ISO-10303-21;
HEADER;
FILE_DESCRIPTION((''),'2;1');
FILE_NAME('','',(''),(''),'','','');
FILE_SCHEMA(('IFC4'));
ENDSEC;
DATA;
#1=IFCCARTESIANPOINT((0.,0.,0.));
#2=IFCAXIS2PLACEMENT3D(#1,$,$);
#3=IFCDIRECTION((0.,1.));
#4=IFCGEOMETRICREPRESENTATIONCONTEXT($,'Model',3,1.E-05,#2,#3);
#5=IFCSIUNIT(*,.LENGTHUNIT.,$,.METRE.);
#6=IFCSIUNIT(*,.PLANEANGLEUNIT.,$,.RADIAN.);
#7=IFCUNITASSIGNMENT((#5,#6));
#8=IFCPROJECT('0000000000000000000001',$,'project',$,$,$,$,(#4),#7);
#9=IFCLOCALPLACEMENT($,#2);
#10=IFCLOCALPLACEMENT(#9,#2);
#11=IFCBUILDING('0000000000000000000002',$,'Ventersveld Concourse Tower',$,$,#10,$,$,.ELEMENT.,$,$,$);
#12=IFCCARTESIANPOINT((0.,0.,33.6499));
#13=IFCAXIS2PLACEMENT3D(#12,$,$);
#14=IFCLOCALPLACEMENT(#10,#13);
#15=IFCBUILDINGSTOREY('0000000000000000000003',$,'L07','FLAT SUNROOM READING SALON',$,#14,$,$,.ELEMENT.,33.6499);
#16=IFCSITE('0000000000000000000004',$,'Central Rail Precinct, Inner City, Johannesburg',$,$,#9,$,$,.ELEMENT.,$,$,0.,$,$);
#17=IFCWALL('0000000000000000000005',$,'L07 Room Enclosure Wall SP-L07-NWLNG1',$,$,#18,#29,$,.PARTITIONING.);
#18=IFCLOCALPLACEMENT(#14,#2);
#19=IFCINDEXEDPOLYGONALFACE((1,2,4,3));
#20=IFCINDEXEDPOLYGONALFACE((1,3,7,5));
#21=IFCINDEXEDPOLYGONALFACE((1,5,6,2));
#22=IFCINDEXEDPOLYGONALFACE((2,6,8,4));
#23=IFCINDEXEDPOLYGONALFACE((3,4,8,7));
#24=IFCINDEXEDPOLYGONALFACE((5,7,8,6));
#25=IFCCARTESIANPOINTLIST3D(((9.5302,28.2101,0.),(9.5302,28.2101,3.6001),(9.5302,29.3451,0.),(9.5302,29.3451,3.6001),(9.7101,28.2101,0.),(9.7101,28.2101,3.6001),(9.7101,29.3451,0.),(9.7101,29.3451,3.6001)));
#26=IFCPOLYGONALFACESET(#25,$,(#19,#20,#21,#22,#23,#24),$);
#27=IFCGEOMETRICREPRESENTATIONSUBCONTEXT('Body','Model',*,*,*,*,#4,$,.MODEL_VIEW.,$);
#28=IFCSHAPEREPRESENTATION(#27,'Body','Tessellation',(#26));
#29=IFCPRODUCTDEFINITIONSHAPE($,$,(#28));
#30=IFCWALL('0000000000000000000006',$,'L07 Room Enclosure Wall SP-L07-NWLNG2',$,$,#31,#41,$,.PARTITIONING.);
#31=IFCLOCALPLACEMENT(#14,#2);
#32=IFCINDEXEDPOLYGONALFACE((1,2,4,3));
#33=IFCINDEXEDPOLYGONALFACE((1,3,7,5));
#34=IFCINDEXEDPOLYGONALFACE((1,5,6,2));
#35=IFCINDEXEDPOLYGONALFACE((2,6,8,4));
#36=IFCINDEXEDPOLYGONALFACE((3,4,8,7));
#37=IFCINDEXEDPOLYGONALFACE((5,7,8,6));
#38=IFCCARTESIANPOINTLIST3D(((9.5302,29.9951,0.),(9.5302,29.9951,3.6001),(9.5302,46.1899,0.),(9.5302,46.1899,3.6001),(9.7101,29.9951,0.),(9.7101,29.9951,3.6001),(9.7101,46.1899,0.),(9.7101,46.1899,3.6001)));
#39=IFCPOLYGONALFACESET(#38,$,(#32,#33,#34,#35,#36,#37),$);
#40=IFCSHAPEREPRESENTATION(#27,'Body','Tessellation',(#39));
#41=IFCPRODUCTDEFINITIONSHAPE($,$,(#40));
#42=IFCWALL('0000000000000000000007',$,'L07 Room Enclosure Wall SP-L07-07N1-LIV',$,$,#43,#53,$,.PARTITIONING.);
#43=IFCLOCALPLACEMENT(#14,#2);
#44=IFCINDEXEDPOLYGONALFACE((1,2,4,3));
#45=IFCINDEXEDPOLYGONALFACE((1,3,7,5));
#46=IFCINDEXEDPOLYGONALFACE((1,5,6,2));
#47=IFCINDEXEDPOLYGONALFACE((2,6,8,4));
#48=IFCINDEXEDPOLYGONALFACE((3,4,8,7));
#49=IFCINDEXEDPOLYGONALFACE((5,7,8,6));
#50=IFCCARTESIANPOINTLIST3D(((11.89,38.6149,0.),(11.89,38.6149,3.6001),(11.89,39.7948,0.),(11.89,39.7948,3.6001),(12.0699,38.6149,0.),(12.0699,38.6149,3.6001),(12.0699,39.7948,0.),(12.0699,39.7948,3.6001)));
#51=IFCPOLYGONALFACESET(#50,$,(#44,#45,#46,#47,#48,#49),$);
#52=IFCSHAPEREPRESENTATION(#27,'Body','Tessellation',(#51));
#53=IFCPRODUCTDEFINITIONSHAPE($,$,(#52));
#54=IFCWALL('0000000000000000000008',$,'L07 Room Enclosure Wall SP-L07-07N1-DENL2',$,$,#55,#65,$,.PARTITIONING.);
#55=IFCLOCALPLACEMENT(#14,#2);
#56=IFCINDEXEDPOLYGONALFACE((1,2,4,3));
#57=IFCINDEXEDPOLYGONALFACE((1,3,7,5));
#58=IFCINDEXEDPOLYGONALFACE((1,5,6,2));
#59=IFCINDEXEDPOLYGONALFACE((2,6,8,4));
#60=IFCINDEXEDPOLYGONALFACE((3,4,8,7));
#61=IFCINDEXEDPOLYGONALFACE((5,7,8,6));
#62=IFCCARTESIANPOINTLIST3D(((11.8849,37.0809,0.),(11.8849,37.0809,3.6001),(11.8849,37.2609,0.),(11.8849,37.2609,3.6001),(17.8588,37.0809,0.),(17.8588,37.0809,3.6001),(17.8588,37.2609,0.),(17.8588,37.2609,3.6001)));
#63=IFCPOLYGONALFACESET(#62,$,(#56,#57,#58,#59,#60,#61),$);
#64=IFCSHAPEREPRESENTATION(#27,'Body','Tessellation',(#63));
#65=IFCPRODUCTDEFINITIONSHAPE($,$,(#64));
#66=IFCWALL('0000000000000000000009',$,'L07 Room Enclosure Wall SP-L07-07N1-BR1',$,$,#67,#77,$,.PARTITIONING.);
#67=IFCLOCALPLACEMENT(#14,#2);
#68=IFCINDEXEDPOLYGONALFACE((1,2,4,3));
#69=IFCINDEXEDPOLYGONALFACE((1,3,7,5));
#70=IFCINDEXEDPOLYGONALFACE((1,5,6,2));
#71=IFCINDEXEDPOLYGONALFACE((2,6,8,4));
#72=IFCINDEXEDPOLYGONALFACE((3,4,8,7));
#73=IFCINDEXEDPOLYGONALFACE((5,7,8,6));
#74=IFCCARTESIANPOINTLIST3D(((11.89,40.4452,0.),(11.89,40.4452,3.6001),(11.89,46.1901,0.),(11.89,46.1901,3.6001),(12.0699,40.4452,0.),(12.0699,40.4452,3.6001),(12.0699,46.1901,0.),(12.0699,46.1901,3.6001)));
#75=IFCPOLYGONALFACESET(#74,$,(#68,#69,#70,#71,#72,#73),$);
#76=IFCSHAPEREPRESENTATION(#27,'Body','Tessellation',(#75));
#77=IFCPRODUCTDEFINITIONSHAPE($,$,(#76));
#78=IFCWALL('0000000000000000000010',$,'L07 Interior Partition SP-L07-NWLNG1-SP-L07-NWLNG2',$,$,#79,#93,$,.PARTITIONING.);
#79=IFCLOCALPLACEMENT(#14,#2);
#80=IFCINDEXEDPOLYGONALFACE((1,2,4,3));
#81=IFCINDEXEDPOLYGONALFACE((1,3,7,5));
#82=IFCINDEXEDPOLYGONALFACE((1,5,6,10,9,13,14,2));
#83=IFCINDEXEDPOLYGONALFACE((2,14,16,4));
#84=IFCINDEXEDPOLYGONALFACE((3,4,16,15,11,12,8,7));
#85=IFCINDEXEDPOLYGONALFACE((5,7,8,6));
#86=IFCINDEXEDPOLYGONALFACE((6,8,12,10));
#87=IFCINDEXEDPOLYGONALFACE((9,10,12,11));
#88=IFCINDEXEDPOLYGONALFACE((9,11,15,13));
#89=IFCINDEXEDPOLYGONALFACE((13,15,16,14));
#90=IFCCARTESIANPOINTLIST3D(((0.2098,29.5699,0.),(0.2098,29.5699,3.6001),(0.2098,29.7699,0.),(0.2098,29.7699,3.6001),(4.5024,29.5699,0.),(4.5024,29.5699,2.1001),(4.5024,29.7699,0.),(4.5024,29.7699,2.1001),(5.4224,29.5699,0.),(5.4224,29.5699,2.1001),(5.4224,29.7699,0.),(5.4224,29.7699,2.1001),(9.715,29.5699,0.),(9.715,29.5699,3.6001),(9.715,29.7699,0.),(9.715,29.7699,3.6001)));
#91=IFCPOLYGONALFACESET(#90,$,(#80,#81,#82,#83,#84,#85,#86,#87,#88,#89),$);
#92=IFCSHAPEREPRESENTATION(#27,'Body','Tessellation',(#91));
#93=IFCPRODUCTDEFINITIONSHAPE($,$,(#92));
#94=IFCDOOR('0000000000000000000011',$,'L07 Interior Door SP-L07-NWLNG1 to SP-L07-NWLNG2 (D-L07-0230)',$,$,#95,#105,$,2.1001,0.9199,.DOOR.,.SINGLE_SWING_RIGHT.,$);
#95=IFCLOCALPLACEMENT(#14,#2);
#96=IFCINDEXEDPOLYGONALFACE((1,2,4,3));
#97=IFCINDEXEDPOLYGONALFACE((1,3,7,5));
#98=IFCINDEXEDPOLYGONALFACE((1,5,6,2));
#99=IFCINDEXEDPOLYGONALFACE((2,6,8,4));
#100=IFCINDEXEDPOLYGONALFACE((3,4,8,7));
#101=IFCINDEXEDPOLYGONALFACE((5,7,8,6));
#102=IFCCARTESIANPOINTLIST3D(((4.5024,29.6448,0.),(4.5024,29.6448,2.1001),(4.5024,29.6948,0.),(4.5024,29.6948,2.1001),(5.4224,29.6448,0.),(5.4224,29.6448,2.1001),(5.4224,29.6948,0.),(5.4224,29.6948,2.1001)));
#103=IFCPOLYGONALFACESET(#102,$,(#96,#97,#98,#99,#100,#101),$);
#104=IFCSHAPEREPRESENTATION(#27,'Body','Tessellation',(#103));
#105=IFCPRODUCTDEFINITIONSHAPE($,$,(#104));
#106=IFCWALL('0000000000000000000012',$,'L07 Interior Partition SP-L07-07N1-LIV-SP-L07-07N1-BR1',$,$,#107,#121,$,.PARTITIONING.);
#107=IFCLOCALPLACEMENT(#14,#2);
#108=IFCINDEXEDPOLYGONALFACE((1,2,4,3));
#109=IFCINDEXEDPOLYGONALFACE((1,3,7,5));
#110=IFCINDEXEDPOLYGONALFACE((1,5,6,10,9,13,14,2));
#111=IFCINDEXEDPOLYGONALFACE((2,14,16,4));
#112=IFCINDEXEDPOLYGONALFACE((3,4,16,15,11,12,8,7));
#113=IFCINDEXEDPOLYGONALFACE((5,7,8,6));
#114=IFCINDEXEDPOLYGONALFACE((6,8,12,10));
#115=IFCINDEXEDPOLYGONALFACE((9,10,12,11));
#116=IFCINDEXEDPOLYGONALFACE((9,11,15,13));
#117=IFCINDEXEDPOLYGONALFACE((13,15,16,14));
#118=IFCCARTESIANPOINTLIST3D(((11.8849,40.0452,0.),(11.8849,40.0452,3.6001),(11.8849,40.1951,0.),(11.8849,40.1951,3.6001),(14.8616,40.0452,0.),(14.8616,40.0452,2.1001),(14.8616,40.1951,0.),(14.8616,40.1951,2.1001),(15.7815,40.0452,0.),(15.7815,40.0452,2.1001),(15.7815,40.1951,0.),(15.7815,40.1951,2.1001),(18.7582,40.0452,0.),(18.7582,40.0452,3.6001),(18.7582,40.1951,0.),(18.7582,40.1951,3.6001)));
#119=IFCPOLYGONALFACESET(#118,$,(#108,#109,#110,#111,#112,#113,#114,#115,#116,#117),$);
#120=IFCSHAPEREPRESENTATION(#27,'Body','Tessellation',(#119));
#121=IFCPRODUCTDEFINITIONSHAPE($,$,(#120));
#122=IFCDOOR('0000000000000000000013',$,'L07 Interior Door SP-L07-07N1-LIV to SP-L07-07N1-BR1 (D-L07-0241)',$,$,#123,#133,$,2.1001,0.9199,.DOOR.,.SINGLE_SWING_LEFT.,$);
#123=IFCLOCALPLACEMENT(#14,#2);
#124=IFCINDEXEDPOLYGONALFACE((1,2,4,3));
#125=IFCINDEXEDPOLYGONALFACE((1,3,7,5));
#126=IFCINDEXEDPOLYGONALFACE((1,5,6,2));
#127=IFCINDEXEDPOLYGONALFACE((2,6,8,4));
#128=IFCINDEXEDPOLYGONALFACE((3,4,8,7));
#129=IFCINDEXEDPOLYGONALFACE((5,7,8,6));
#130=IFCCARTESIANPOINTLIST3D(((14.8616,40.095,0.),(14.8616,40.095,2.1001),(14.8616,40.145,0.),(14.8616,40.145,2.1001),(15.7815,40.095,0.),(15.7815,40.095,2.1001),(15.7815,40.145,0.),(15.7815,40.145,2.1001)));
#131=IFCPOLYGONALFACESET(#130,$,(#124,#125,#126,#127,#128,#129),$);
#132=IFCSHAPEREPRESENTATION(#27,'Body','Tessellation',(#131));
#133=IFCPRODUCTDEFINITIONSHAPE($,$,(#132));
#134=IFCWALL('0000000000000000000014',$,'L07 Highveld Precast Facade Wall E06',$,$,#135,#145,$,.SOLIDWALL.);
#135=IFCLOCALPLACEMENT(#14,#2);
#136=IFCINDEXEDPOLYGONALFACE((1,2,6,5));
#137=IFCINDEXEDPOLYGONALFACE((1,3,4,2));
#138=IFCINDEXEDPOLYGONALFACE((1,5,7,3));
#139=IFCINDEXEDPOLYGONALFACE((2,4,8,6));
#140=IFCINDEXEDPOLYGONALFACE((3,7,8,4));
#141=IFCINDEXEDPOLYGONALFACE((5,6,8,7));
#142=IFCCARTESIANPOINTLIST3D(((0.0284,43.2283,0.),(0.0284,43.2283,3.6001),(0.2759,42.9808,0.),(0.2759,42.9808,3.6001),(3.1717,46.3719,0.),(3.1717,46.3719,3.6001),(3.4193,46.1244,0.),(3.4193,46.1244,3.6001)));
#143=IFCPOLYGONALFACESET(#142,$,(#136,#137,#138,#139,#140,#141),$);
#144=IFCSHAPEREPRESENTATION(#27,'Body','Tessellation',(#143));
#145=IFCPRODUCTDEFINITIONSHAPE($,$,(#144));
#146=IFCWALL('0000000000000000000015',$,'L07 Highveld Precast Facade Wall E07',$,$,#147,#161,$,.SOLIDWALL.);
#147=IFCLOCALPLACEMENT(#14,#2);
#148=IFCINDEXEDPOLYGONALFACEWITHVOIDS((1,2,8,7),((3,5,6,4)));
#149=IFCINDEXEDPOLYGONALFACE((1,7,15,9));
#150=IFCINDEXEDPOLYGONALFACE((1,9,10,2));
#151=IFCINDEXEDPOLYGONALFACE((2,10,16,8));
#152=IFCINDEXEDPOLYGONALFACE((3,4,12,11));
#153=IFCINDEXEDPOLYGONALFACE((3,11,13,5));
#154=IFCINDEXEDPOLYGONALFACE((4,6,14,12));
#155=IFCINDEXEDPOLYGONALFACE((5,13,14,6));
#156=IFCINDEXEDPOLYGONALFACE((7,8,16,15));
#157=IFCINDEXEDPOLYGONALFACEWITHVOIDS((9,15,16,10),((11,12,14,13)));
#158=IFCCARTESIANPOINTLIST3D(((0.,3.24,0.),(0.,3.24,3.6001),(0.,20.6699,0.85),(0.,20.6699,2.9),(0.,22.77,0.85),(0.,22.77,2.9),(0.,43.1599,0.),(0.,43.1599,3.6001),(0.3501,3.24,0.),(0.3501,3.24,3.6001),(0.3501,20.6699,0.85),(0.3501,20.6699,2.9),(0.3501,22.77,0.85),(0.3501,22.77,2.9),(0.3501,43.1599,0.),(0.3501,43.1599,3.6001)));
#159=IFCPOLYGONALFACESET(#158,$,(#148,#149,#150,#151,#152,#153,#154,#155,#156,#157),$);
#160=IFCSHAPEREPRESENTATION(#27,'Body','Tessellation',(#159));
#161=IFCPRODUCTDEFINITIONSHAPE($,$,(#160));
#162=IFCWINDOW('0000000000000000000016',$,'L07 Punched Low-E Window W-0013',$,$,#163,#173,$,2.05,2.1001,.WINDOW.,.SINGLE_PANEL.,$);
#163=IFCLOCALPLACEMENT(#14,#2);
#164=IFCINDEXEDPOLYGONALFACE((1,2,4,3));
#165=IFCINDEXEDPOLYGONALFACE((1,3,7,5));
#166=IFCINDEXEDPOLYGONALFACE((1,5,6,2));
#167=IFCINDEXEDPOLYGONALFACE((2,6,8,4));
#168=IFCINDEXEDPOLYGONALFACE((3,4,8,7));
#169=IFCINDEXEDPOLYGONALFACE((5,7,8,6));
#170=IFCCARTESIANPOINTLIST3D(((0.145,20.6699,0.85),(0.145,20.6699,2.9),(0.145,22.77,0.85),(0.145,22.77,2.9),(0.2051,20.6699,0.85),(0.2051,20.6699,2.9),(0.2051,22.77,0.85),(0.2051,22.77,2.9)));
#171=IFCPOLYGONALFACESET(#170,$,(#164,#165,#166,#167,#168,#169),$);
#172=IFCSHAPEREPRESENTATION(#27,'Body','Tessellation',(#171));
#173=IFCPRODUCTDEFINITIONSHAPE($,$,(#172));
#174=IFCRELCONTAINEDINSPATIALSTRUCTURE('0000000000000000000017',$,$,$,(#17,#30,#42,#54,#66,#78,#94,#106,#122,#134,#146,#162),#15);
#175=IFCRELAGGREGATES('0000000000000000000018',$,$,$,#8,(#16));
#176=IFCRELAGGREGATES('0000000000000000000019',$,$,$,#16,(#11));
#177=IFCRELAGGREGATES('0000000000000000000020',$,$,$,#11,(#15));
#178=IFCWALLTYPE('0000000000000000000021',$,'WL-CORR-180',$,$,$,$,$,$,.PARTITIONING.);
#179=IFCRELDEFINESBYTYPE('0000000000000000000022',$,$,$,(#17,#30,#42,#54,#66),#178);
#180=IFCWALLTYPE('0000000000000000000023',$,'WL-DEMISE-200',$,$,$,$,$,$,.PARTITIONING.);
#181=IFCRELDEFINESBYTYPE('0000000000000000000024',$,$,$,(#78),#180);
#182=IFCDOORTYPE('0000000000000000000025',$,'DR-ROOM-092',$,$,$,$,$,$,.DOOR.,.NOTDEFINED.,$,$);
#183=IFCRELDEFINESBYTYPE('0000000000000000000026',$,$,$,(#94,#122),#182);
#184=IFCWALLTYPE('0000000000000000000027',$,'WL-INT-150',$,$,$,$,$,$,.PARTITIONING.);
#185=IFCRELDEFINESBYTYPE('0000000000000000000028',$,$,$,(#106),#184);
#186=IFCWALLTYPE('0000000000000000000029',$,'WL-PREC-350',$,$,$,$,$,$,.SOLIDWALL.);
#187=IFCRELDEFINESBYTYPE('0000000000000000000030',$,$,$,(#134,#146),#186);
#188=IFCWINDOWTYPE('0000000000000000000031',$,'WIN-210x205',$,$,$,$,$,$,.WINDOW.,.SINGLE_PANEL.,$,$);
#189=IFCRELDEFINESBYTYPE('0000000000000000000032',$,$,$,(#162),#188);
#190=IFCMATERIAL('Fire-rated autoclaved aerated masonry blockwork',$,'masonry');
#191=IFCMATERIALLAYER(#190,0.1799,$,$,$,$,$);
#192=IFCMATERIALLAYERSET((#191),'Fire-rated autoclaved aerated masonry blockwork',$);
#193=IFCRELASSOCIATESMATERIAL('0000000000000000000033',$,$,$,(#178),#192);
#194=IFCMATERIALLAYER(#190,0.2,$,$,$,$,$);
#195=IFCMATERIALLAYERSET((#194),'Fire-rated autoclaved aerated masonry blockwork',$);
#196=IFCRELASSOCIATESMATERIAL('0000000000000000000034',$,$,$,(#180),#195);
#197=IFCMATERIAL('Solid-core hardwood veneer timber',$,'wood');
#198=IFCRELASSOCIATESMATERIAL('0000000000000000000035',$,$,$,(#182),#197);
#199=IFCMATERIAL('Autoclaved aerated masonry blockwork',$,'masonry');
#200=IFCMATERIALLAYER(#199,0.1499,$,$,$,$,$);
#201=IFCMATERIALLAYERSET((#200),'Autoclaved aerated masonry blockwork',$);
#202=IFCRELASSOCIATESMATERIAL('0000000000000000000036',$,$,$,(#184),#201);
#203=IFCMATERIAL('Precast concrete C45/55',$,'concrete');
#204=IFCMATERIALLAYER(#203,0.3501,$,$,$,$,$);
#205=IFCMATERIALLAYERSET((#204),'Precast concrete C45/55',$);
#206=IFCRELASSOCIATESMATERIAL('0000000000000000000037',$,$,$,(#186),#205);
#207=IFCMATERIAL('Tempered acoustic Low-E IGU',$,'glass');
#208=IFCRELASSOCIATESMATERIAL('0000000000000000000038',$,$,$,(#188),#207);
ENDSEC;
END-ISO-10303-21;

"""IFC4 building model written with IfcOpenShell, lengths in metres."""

from ifc_helpers import new_model, si_unit, direction, frame, frame_2d, origin, place, context, subcontext, project, spatial, rectangle, extrude, material, layer, layer_set, type_object, element, fill, save


model = new_model("IFC4")

# Units and contexts
model_context = context("Model", 3, precision=1e-05, world=origin(), true_north=direction((0.0, 1.0)))
body_context = subcontext(model_context, "Body", "Model", "MODEL_VIEW")
ifc_project = project(units=[si_unit("LENGTHUNIT", "METRE"), si_unit("PLANEANGLEUNIT", "RADIAN")], contexts=[model_context])

# Site, building, storey
site_placement = place(None, origin())
site = spatial("IfcSite", under=ifc_project, at=site_placement, Name="Central Rail Precinct, Inner City, Johannesburg", CompositionType="ELEMENT", RefElevation=0.0)
building_placement = place(site_placement, origin())
building = spatial("IfcBuilding", under=site, at=building_placement, Name="Ventersveld Concourse Tower", CompositionType="ELEMENT")
storey_placement = place(building_placement, frame((0.0, 0.0, 33.6499)))
storey = spatial("IfcBuildingStorey", under=building, at=storey_placement, Name="L07", Description="FLAT SUNROOM READING SALON", CompositionType="ELEMENT", Elevation=33.6499)

# Walls
ifc_material_1 = material(Name="Fire-rated autoclaved aerated masonry blockwork", Category="masonry")
ifc_layer_1 = layer(ifc_material_1, 0.1799)
ifc_layer_set_1 = layer_set([ifc_layer_1], Name="Fire-rated autoclaved aerated masonry blockwork")
wall_type_1 = type_object("IfcWallType", Name="WL-CORR-180", PredefinedType="PARTITIONING", material=ifc_layer_set_1)
wall_1_placement = place(storey_placement, frame((9.6201, 29.345, 0.0), z_axis=(0.0, 0.0, 1.0), x_axis=(0.0, -1.0, 0.0)))
element("IfcWall", 1, at=wall_1_placement, inside=storey, type_object=wall_type_1, Name="L07 Room Enclosure Wall SP-L07-NWLNG1", PredefinedType="PARTITIONING", context=body_context, shape_type="SweptSolid", body=[
    extrude(rectangle(XDim=1.135, YDim=0.1799, at=frame_2d((0.5674, 0.0))), origin(), (0.0, 0.0, 1.0), 3.6001),
])
wall_2_placement = place(storey_placement, frame((9.6201, 46.1899, 0.0), z_axis=(0.0, 0.0, 1.0), x_axis=(0.0, -1.0, 0.0)))
element("IfcWall", 2, at=wall_2_placement, inside=storey, type_object=wall_type_1, Name="L07 Room Enclosure Wall SP-L07-NWLNG2", PredefinedType="PARTITIONING", context=body_context, shape_type="SweptSolid", body=[
    extrude(rectangle(XDim=16.1948, YDim=0.1799, at=frame_2d((8.0974, 0.0))), origin(), (0.0, 0.0, 1.0), 3.6001),
])
wall_3_placement = place(storey_placement, frame((11.98, 38.615, 0.0), z_axis=(0.0, 0.0, 1.0), x_axis=(0.0, 1.0, 0.0)))
element("IfcWall", 3, at=wall_3_placement, inside=storey, type_object=wall_type_1, Name="L07 Room Enclosure Wall SP-L07-07N1-LIV", PredefinedType="PARTITIONING", context=body_context, shape_type="SweptSolid", body=[
    extrude(rectangle(XDim=1.1799, YDim=0.1799, at=frame_2d((0.5898, 0.0))), origin(), (0.0, 0.0, 1.0), 3.6001),
])
wall_4_placement = place(storey_placement, frame((11.885, 37.1709, 0.0), z_axis=(0.0, 0.0, 1.0), x_axis=(1.0, 0.0, 0.0)))
element("IfcWall", 4, at=wall_4_placement, inside=storey, type_object=wall_type_1, Name="L07 Room Enclosure Wall SP-L07-07N1-DENL2", PredefinedType="PARTITIONING", context=body_context, shape_type="SweptSolid", body=[
    extrude(rectangle(XDim=5.9739, YDim=0.1799, at=frame_2d((2.9868, 0.0))), origin(), (0.0, 0.0, 1.0), 3.6001),
])
wall_5_placement = place(storey_placement, frame((11.98, 40.4451, 0.0), z_axis=(0.0, 0.0, 1.0), x_axis=(0.0, 1.0, 0.0)))
element("IfcWall", 5, at=wall_5_placement, inside=storey, type_object=wall_type_1, Name="L07 Room Enclosure Wall SP-L07-07N1-BR1", PredefinedType="PARTITIONING", context=body_context, shape_type="SweptSolid", body=[
    extrude(rectangle(XDim=5.7449, YDim=0.1799, at=frame_2d((2.8726, 0.0))), origin(), (0.0, 0.0, 1.0), 3.6001),
])

# Walls, openings, doors
ifc_layer_2 = layer(ifc_material_1, 0.2)
ifc_layer_set_2 = layer_set([ifc_layer_2], Name="Fire-rated autoclaved aerated masonry blockwork")
wall_type_2 = type_object("IfcWallType", Name="WL-DEMISE-200", PredefinedType="PARTITIONING", material=ifc_layer_set_2)
wall_6_placement = place(storey_placement, frame((0.21, 29.6699, 0.0), z_axis=(0.0, 0.0, 1.0), x_axis=(1.0, 0.0, 0.0)))
wall_6 = element("IfcWall", 6, at=wall_6_placement, inside=storey, type_object=wall_type_2, Name="L07 Interior Partition SP-L07-NWLNG1-SP-L07-NWLNG2", PredefinedType="PARTITIONING", context=body_context, shape_type="SweptSolid", body=[
    extrude(rectangle(XDim=9.5051, YDim=0.2, at=frame_2d((4.7524, 0.0))), origin(), (0.0, 0.0, 1.0), 3.6001),
])
opening_1_placement = place(wall_6_placement, frame((4.2925, 0.0, 0.0)))
opening_1 = element("IfcOpeningElement", 7, at=opening_1_placement, cuts=wall_6, PredefinedType="OPENING", context=body_context, shape_type="SweptSolid", body=[
    extrude(rectangle(XDim=0.9199, YDim=2.1001, at=frame_2d((0.46, 1.05))), frame((0.0, 0.1099, 0.0), z_axis=(0.0, -1.0, 0.0), x_axis=(1.0, 0.0, 0.0)), (0.0, 0.0, 1.0), 0.22),
])
ifc_material_2 = material(Name="Solid-core hardwood veneer timber", Category="wood")
door_type = type_object("IfcDoorType", Name="DR-ROOM-092", OperationType="NOTDEFINED", PredefinedType="DOOR", material=ifc_material_2)
door_1_placement = place(opening_1_placement, origin())
door_1 = element("IfcDoor", 8, at=door_1_placement, inside=storey, type_object=door_type, Name="L07 Interior Door SP-L07-NWLNG1 to SP-L07-NWLNG2 (D-L07-0230)", OperationType="SINGLE_SWING_RIGHT", OverallHeight=2.1001, OverallWidth=0.9199, PredefinedType="DOOR", context=body_context, shape_type="SweptSolid", body=[
    extrude(rectangle(XDim=0.9199, YDim=2.1001, at=frame_2d((0.46, 1.05))), frame((0.0, 0.0249, 0.0), z_axis=(0.0, -1.0, 0.0), x_axis=(1.0, 0.0, 0.0)), (0.0, 0.0, 1.0), 0.05),
])
fill(opening_1, door_1)
ifc_material_3 = material(Name="Autoclaved aerated masonry blockwork", Category="masonry")
ifc_layer_3 = layer(ifc_material_3, 0.1499)
ifc_layer_set_3 = layer_set([ifc_layer_3], Name="Autoclaved aerated masonry blockwork")
wall_type_3 = type_object("IfcWallType", Name="WL-INT-150", PredefinedType="PARTITIONING", material=ifc_layer_set_3)
wall_7_placement = place(storey_placement, frame((11.885, 40.1201, 0.0), z_axis=(0.0, 0.0, 1.0), x_axis=(1.0, 0.0, 0.0)))
wall_7 = element("IfcWall", 9, at=wall_7_placement, inside=storey, type_object=wall_type_3, Name="L07 Interior Partition SP-L07-07N1-LIV-SP-L07-07N1-BR1", PredefinedType="PARTITIONING", context=body_context, shape_type="SweptSolid", body=[
    extrude(rectangle(XDim=6.8733, YDim=0.1499, at=frame_2d((3.4365, 0.0))), origin(), (0.0, 0.0, 1.0), 3.6001),
])
opening_2_placement = place(wall_7_placement, frame((2.9766, 0.0, 0.0)))
opening_2 = element("IfcOpeningElement", 10, at=opening_2_placement, cuts=wall_7, PredefinedType="OPENING", context=body_context, shape_type="SweptSolid", body=[
    extrude(rectangle(XDim=0.9199, YDim=2.1001, at=frame_2d((0.46, 1.05))), frame((0.0, 0.085, 0.0), z_axis=(0.0, -1.0, 0.0), x_axis=(1.0, 0.0, 0.0)), (0.0, 0.0, 1.0), 0.1699),
])
door_2_placement = place(opening_2_placement, origin())
door_2 = element("IfcDoor", 11, at=door_2_placement, inside=storey, type_object=door_type, Name="L07 Interior Door SP-L07-07N1-LIV to SP-L07-07N1-BR1 (D-L07-0241)", OperationType="SINGLE_SWING_LEFT", OverallHeight=2.1001, OverallWidth=0.9199, PredefinedType="DOOR", context=body_context, shape_type="SweptSolid", body=[
    extrude(rectangle(XDim=0.9199, YDim=2.1001, at=frame_2d((0.46, 1.05))), frame((0.0, 0.0249, 0.0), z_axis=(0.0, -1.0, 0.0), x_axis=(1.0, 0.0, 0.0)), (0.0, 0.0, 1.0), 0.05),
])
fill(opening_2, door_2)

# Wall
ifc_material_4 = material(Name="Precast concrete C45/55", Category="concrete")
ifc_layer_4 = layer(ifc_material_4, 0.3501)
ifc_layer_set_4 = layer_set([ifc_layer_4], Name="Precast concrete C45/55")
wall_type_4 = type_object("IfcWallType", Name="WL-PREC-350", PredefinedType="SOLIDWALL", material=ifc_layer_set_4)
wall_8_placement = place(storey_placement, frame((3.2954, 46.248, 0.0), z_axis=(0.0, 0.0, 1.0), x_axis=(-0.707079, -0.707134, 0.0)))
element("IfcWall", 12, at=wall_8_placement, inside=storey, type_object=wall_type_4, Name="L07 Highveld Precast Facade Wall E06", PredefinedType="SOLIDWALL", context=body_context, shape_type="SweptSolid", body=[
    extrude(rectangle(XDim=4.4456, YDim=0.3501, at=frame_2d((2.2227, 0.0))), origin(), (0.0, 0.0, 1.0), 3.6001),
])

# Wall, opening, window
wall_9_placement = place(storey_placement, frame((0.175, 43.1599, 0.0), z_axis=(0.0, 0.0, 1.0), x_axis=(0.0, -1.0, 0.0)))
wall_9 = element("IfcWall", 13, at=wall_9_placement, inside=storey, type_object=wall_type_4, Name="L07 Highveld Precast Facade Wall E07", PredefinedType="SOLIDWALL", context=body_context, shape_type="SweptSolid", body=[
    extrude(rectangle(XDim=39.9199, YDim=0.3501, at=frame_2d((19.96, 0.0))), origin(), (0.0, 0.0, 1.0), 3.6001),
])
opening_3_placement = place(wall_9_placement, frame((20.3899, 0.0, 0.8501)))
opening_3 = element("IfcOpeningElement", 14, at=opening_3_placement, cuts=wall_9, PredefinedType="OPENING", context=body_context, shape_type="SweptSolid", body=[
    extrude(rectangle(XDim=2.1001, YDim=2.05, at=frame_2d((1.05, 1.0249))), frame((0.0, 0.1851, 0.0), z_axis=(0.0, -1.0, 0.0), x_axis=(1.0, 0.0, 0.0)), (0.0, 0.0, 1.0), 0.3701),
])
ifc_material_5 = material(Name="Tempered acoustic Low-E IGU", Category="glass")
window_type = type_object("IfcWindowType", Name="WIN-210x205", PartitioningType="SINGLE_PANEL", PredefinedType="WINDOW", material=ifc_material_5)
window_placement = place(opening_3_placement, origin())
window = element("IfcWindow", 15, at=window_placement, inside=storey, type_object=window_type, Name="L07 Punched Low-E Window W-0013", OverallHeight=2.05, OverallWidth=2.1001, PartitioningType="SINGLE_PANEL", PredefinedType="WINDOW", context=body_context, shape_type="SweptSolid", body=[
    extrude(rectangle(XDim=2.1001, YDim=2.05, at=frame_2d((1.05, 1.0249))), frame((0.0, 0.03, 0.0), z_axis=(0.0, -1.0, 0.0), x_axis=(1.0, 0.0, 0.0)), (0.0, 0.0, 1.0), 0.0601),
])
fill(opening_3, window)

save(model, "model.ifc")
